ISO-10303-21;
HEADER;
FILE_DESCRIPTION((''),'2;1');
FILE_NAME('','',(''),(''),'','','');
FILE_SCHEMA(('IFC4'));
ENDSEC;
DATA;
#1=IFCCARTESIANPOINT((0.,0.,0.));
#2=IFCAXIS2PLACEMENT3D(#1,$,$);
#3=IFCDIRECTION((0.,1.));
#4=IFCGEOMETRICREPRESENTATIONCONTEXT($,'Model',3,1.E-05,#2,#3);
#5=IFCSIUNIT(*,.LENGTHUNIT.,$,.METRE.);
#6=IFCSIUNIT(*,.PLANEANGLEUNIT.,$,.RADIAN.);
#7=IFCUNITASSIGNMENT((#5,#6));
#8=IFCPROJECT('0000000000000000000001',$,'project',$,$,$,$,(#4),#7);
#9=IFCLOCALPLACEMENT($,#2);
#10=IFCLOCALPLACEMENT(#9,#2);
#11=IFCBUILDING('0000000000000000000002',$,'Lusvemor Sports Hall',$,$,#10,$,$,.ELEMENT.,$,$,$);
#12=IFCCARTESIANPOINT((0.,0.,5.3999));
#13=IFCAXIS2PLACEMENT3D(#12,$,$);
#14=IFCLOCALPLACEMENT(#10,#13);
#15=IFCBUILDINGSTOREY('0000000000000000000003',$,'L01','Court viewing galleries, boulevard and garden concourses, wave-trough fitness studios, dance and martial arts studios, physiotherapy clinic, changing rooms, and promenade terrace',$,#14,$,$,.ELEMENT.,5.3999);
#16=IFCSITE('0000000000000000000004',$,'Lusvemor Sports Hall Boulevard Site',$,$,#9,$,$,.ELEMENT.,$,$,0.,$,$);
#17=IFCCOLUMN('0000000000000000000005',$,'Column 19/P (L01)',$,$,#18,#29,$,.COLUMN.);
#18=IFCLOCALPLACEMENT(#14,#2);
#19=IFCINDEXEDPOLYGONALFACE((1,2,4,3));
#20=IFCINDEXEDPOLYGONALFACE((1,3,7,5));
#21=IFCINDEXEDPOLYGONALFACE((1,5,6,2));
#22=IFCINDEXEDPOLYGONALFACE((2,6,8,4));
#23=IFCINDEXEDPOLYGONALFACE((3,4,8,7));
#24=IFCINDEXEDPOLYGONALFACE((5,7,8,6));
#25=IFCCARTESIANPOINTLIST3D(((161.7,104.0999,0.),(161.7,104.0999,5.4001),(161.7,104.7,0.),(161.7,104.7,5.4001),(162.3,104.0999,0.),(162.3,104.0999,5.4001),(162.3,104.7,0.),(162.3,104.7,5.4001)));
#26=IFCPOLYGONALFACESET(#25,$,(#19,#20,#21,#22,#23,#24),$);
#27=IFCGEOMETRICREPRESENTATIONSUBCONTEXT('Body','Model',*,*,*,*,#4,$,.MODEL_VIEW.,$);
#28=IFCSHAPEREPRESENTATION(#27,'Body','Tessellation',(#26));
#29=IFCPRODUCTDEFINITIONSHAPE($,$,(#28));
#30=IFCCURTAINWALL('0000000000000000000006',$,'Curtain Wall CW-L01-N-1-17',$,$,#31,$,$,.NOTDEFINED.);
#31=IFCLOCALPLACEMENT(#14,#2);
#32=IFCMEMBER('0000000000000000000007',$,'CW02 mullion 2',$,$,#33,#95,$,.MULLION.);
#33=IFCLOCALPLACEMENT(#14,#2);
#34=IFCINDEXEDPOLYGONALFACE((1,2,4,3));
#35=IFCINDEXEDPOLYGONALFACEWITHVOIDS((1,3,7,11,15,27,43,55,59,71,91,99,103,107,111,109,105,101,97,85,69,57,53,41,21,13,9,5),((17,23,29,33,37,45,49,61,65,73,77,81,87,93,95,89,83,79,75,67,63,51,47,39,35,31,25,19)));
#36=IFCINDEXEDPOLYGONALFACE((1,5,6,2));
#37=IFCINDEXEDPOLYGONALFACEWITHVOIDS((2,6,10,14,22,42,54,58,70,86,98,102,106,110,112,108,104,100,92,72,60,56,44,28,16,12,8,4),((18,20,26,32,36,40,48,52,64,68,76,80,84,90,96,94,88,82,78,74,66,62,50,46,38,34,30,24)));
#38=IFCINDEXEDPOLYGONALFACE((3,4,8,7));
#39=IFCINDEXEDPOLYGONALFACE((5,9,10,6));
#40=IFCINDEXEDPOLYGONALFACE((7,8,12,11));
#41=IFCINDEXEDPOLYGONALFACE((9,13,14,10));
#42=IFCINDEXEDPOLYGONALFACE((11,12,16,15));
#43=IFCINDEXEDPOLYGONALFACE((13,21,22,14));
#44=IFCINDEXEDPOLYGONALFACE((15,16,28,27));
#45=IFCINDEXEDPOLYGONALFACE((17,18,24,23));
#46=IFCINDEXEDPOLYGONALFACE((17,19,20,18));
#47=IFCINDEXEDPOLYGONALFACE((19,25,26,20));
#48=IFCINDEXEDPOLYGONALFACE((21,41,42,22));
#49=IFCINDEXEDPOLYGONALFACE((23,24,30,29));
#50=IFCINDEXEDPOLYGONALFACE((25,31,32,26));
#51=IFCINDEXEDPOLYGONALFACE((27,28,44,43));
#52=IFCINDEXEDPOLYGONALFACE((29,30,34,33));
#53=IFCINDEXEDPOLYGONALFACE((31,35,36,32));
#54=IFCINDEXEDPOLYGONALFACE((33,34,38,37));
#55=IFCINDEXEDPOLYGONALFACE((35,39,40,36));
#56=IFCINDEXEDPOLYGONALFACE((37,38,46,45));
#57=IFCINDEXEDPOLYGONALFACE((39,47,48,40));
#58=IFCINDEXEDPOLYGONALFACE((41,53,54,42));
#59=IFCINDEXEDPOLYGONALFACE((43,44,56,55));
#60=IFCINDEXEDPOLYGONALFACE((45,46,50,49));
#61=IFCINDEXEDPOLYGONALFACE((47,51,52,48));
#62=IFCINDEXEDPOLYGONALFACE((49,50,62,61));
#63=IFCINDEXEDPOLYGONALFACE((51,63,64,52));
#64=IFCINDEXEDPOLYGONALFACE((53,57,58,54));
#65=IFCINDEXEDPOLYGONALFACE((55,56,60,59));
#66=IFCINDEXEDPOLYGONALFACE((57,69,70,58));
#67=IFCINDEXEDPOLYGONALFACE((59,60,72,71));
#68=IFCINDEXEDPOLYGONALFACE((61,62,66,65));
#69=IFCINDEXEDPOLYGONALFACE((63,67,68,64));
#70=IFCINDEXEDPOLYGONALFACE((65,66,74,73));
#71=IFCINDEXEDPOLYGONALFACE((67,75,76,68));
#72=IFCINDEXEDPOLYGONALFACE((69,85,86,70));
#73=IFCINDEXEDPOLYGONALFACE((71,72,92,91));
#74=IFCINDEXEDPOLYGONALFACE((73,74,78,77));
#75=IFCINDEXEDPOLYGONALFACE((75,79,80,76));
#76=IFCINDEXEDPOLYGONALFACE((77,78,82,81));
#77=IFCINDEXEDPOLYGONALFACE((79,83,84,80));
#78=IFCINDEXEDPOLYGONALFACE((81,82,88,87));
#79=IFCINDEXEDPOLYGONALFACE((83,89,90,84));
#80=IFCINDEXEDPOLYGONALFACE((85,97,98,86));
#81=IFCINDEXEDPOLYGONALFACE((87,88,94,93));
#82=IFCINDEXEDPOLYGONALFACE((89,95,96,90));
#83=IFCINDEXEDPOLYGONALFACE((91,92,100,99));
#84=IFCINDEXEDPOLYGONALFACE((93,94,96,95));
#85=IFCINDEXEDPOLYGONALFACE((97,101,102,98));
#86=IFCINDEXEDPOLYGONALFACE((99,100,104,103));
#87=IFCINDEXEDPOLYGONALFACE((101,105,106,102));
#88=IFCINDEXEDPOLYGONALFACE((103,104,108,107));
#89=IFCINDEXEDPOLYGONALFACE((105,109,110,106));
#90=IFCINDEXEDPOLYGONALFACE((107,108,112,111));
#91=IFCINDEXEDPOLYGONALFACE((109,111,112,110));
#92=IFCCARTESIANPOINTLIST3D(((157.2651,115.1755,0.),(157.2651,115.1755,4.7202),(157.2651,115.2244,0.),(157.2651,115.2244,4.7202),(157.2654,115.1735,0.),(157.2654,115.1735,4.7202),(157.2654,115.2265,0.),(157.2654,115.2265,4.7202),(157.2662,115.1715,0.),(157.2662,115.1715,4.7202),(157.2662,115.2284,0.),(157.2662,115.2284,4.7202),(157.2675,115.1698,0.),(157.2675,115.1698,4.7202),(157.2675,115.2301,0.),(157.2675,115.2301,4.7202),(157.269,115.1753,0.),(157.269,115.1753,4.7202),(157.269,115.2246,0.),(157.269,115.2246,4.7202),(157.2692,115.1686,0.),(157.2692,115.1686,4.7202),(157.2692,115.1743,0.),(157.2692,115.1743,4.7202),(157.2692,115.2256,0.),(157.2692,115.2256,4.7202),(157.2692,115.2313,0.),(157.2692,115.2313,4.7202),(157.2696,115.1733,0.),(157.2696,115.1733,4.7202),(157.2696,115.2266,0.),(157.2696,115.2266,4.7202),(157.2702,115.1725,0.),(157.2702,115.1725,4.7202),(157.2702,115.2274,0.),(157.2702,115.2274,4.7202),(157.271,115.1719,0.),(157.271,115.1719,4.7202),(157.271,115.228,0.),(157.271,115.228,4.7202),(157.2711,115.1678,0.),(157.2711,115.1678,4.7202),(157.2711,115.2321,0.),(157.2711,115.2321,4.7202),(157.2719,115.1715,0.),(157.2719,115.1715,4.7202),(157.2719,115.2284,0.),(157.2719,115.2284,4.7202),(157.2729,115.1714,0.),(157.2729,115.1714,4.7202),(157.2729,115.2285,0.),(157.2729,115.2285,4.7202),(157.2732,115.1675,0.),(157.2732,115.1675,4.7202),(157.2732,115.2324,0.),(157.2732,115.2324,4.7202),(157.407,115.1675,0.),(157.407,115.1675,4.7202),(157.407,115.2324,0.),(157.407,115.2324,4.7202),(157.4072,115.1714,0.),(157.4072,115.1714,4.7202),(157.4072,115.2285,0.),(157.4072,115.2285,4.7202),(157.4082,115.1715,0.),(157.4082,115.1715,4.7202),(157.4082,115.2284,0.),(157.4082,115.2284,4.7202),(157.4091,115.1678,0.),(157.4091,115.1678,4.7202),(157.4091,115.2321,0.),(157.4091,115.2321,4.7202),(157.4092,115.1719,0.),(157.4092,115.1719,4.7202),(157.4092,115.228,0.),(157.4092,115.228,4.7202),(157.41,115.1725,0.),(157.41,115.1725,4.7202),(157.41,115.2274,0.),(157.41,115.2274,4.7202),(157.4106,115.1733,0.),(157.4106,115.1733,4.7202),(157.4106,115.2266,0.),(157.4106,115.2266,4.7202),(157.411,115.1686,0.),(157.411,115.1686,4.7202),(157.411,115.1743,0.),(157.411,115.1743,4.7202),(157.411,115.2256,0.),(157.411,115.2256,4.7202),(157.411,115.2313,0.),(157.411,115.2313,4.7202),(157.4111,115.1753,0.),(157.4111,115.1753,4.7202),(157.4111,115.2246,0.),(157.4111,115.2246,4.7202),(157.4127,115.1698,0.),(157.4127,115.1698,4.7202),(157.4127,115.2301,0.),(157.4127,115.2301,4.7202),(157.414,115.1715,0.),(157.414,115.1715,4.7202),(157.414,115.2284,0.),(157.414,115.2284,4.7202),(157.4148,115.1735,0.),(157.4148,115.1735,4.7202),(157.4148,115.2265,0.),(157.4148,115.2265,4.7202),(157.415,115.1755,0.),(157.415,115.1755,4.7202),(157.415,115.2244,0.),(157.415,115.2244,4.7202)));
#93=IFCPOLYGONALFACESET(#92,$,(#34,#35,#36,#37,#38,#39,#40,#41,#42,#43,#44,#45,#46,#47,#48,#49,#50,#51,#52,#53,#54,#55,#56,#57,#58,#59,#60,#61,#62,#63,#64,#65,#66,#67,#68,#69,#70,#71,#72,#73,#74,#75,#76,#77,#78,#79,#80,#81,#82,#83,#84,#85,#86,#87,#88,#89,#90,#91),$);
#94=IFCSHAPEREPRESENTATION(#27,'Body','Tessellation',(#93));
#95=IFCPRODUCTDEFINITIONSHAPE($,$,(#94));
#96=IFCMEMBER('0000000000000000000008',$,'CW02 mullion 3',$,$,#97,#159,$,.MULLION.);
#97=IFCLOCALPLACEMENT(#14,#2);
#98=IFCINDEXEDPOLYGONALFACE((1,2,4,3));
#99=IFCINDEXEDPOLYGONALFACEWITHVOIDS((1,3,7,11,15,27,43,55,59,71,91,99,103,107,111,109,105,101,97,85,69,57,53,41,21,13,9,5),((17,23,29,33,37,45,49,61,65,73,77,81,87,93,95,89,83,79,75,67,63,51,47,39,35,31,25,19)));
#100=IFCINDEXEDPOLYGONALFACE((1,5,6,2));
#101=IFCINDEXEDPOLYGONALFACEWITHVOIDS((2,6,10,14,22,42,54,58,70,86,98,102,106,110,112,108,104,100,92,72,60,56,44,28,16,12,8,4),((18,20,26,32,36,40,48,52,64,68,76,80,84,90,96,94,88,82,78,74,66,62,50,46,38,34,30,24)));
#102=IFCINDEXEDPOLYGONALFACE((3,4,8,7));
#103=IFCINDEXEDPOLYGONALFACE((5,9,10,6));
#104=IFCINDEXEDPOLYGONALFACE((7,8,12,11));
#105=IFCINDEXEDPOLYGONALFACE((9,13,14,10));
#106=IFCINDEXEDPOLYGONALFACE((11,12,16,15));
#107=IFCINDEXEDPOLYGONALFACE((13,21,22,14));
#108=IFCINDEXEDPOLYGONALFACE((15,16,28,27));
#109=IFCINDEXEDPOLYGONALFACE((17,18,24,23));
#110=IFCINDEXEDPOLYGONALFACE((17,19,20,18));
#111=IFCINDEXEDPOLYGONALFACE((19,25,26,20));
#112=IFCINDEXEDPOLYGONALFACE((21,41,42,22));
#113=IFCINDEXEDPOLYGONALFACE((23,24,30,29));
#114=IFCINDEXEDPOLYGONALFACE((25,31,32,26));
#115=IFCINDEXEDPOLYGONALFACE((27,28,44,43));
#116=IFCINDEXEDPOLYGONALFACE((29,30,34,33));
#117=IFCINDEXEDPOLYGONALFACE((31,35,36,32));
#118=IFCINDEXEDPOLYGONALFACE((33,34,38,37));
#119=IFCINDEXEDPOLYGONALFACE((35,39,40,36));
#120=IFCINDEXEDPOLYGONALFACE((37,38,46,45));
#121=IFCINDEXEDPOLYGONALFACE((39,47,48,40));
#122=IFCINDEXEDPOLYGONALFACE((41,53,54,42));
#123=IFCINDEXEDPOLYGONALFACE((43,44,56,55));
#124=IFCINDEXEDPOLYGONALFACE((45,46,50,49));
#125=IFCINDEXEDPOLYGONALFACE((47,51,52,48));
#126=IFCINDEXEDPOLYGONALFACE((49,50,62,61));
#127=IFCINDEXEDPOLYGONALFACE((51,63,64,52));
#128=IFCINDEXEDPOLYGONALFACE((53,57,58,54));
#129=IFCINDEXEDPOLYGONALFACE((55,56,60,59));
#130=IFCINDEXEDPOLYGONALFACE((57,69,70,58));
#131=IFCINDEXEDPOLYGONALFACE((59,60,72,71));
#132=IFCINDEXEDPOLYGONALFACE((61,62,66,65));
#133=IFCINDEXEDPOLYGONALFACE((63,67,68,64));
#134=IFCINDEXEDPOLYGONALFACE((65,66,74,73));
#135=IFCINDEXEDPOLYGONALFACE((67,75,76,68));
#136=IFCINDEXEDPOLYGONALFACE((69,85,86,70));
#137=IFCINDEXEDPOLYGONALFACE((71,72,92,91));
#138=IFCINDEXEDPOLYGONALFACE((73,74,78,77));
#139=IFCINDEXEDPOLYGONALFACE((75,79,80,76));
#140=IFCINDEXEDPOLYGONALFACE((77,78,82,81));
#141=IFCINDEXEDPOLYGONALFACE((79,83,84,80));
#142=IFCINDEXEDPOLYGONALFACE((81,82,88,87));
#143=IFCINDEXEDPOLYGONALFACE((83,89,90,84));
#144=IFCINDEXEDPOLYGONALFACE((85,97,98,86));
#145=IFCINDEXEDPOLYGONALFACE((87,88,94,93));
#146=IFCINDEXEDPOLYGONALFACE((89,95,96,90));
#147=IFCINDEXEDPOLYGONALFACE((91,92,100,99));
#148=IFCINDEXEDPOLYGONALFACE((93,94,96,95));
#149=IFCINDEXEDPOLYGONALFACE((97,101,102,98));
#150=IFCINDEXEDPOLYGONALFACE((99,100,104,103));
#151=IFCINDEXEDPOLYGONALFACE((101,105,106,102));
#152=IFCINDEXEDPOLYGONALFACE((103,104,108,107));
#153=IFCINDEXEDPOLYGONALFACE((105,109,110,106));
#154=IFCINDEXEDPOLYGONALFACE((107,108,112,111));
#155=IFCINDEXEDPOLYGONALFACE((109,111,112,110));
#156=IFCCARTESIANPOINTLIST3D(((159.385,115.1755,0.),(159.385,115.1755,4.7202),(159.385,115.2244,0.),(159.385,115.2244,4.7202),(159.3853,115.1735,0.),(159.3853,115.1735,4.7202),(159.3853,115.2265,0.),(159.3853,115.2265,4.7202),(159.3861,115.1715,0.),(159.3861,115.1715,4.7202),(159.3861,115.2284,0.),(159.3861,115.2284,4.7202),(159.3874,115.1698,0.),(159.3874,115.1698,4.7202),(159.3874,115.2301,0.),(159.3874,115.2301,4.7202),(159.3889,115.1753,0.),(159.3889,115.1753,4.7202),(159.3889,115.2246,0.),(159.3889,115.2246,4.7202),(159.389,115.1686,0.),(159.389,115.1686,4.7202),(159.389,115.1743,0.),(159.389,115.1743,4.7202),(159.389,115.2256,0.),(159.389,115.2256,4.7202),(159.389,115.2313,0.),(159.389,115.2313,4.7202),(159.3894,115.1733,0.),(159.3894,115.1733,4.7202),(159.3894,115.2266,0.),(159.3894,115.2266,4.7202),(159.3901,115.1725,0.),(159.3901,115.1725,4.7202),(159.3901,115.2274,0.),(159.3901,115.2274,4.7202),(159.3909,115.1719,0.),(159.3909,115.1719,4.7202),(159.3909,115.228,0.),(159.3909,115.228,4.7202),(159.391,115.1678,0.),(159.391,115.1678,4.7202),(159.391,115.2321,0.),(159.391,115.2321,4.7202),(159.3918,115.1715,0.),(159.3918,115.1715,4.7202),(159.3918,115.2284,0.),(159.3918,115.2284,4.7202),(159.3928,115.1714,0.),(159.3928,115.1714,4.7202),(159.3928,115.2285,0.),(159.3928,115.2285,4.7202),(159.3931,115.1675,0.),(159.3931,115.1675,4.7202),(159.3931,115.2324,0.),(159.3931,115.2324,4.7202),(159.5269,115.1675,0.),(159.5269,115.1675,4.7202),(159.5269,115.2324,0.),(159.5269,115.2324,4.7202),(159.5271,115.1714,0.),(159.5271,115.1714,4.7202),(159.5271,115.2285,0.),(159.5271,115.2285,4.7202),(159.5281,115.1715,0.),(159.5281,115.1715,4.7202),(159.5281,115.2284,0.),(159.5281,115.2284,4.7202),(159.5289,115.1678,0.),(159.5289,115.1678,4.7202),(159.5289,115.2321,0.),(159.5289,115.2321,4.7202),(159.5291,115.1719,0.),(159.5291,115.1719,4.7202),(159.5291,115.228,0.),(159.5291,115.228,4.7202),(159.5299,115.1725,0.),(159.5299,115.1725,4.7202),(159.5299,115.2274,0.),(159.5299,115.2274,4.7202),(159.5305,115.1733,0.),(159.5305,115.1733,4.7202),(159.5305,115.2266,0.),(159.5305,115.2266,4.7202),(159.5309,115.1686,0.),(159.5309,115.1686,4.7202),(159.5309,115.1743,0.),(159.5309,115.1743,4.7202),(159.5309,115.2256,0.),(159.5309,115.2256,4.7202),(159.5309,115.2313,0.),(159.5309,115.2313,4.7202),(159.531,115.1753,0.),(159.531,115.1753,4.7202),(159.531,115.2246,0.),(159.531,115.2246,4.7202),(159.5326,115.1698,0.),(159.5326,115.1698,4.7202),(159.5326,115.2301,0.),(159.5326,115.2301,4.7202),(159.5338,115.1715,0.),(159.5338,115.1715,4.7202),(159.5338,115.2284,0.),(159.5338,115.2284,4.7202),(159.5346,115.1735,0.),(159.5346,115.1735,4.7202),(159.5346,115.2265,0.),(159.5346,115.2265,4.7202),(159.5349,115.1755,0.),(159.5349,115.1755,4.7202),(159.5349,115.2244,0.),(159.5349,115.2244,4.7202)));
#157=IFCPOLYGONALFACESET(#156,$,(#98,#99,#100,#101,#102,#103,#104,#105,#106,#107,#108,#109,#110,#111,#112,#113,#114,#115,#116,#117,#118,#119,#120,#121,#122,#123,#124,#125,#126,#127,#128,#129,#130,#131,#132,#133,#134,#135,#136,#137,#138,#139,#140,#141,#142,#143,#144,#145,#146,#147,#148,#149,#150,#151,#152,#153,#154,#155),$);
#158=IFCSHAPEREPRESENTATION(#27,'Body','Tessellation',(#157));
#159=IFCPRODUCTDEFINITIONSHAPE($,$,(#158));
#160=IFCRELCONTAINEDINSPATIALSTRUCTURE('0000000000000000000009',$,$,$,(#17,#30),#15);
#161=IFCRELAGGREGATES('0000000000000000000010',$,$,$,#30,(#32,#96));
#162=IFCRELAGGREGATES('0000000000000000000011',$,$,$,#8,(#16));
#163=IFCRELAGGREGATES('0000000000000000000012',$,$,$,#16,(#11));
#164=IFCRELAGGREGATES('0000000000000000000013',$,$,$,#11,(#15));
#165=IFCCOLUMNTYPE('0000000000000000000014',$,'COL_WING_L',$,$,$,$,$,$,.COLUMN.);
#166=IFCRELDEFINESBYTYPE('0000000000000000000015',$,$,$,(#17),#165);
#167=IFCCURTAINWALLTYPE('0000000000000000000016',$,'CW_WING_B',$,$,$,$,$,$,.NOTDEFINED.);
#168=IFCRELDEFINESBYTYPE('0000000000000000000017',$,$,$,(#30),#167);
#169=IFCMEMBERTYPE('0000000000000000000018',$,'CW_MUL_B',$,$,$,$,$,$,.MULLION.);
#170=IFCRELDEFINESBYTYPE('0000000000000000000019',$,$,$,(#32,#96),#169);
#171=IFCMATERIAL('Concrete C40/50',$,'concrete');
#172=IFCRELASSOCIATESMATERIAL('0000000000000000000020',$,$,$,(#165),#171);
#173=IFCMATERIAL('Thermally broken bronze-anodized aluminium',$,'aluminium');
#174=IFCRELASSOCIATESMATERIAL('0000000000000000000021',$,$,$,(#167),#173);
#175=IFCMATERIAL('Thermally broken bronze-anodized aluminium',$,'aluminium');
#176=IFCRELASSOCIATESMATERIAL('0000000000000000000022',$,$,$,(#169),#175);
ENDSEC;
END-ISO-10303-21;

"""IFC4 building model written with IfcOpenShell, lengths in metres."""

from ifc_helpers import new_model, si_unit, direction, frame, origin, origin_2d, place, context, subcontext, project, spatial, rectangle, hollow_rectangle, extrude, material, material_profile, profile_set, type_object, element, aggregate, save


model = new_model("IFC4")

# Units and contexts
model_context = context("Model", 3, precision=1e-05, world=origin(), true_north=direction((0.0, 1.0)))
body_context = subcontext(model_context, "Body", "Model", "MODEL_VIEW")
ifc_project = project(units=[si_unit("LENGTHUNIT", "METRE"), si_unit("PLANEANGLEUNIT", "RADIAN")], contexts=[model_context])

# Site, building, storey
site_placement = place(None, origin())
site = spatial("IfcSite", under=ifc_project, at=site_placement, Name="Lusvemor Sports Hall Boulevard Site", CompositionType="ELEMENT", RefElevation=0.0)
building_placement = place(site_placement, origin())
building = spatial("IfcBuilding", under=site, at=building_placement, Name="Lusvemor Sports Hall", CompositionType="ELEMENT")
storey_placement = place(building_placement, frame((0.0, 0.0, 5.3999)))
storey = spatial("IfcBuildingStorey", under=building, at=storey_placement, Name="L01", Description="Court viewing galleries, boulevard and garden concourses, wave-trough fitness studios, dance and martial arts studios, physiotherapy clinic, changing rooms, and promenade terrace", CompositionType="ELEMENT", Elevation=5.3999)

# Column
ifc_material_1 = material(Name="Concrete C40/50", Category="concrete")
ifc_material_profile_1 = material_profile(ifc_material_1, rectangle(XDim=0.6001, YDim=0.6001, at=origin_2d()), Name="RC600x600")
ifc_profile_set_1 = profile_set([ifc_material_profile_1], Name="Concrete C40/50")
column_type = type_object("IfcColumnType", Name="COL_WING_L", PredefinedType="COLUMN", material=ifc_profile_set_1)
column_placement = place(storey_placement, frame((162.0, 104.3999, 0.0), z_axis=(0.0, 0.0, 1.0), x_axis=(1.0, 0.0, 0.0)))
element("IfcColumn", 1, at=column_placement, inside=storey, type_object=column_type, Name="Column 19/P (L01)", PredefinedType="COLUMN", context=body_context, shape_type="SweptSolid", body=[
    extrude(rectangle(XDim=0.6001, YDim=0.6001, at=origin_2d()), origin(), (0.0, 0.0, 1.0), 5.4001),
])

# Curtain wall, members
ifc_material_2 = material(Name="Thermally broken bronze-anodized aluminium", Category="aluminium")
curtain_wall_type = type_object("IfcCurtainWallType", Name="CW_WING_B", PredefinedType="NOTDEFINED", material=ifc_material_2)
curtain_wall_placement = place(storey_placement, origin())
curtain_wall = element("IfcCurtainWall", 2, at=curtain_wall_placement, inside=storey, type_object=curtain_wall_type, Name="Curtain Wall CW-L01-N-1-17", PredefinedType="NOTDEFINED")
ifc_material_3 = material(Name="Thermally broken bronze-anodized aluminium", Category="aluminium")
ifc_material_profile_2 = material_profile(ifc_material_3, hollow_rectangle(XDim=0.0649, YDim=0.1499, WallThickness=0.0039, InnerFilletRadius=0.0039, OuterFilletRadius=0.0081, at=origin_2d()), Name="CWMUL150x65x4")
ifc_profile_set_2 = profile_set([ifc_material_profile_2], Name="Thermally broken bronze-anodized aluminium")
member_type_1 = type_object("IfcMemberType", Name="CW_MUL_B", PredefinedType="MULLION", material=ifc_profile_set_2)
member_1_placement = place(storey_placement, frame((157.3401, 115.2, 0.0), z_axis=(0.0, 0.0, 1.0), x_axis=(0.0, 1.0, 0.0)))
member_1 = element("IfcMember", 3, at=member_1_placement, type_object=member_type_1, Name="CW02 mullion 2", PredefinedType="MULLION", context=body_context, shape_type="SweptSolid", body=[
    extrude(hollow_rectangle(XDim=0.0649, YDim=0.1499, WallThickness=0.0039, InnerFilletRadius=0.0039, OuterFilletRadius=0.0081, at=origin_2d()), origin(), (0.0, 0.0, 1.0), 4.7202),
])
member_2_placement = place(storey_placement, frame((159.46, 115.2, 0.0), z_axis=(0.0, 0.0, 1.0), x_axis=(0.0, 1.0, 0.0)))
member_2 = element("IfcMember", 4, at=member_2_placement, type_object=member_type_1, Name="CW02 mullion 3", PredefinedType="MULLION", context=body_context, shape_type="SweptSolid", body=[
    extrude(hollow_rectangle(XDim=0.0649, YDim=0.1499, WallThickness=0.0039, InnerFilletRadius=0.0039, OuterFilletRadius=0.0081, at=origin_2d()), origin(), (0.0, 0.0, 1.0), 4.7202),
])

aggregate(curtain_wall, [member_1, member_2])

save(model, "model.ifc")
